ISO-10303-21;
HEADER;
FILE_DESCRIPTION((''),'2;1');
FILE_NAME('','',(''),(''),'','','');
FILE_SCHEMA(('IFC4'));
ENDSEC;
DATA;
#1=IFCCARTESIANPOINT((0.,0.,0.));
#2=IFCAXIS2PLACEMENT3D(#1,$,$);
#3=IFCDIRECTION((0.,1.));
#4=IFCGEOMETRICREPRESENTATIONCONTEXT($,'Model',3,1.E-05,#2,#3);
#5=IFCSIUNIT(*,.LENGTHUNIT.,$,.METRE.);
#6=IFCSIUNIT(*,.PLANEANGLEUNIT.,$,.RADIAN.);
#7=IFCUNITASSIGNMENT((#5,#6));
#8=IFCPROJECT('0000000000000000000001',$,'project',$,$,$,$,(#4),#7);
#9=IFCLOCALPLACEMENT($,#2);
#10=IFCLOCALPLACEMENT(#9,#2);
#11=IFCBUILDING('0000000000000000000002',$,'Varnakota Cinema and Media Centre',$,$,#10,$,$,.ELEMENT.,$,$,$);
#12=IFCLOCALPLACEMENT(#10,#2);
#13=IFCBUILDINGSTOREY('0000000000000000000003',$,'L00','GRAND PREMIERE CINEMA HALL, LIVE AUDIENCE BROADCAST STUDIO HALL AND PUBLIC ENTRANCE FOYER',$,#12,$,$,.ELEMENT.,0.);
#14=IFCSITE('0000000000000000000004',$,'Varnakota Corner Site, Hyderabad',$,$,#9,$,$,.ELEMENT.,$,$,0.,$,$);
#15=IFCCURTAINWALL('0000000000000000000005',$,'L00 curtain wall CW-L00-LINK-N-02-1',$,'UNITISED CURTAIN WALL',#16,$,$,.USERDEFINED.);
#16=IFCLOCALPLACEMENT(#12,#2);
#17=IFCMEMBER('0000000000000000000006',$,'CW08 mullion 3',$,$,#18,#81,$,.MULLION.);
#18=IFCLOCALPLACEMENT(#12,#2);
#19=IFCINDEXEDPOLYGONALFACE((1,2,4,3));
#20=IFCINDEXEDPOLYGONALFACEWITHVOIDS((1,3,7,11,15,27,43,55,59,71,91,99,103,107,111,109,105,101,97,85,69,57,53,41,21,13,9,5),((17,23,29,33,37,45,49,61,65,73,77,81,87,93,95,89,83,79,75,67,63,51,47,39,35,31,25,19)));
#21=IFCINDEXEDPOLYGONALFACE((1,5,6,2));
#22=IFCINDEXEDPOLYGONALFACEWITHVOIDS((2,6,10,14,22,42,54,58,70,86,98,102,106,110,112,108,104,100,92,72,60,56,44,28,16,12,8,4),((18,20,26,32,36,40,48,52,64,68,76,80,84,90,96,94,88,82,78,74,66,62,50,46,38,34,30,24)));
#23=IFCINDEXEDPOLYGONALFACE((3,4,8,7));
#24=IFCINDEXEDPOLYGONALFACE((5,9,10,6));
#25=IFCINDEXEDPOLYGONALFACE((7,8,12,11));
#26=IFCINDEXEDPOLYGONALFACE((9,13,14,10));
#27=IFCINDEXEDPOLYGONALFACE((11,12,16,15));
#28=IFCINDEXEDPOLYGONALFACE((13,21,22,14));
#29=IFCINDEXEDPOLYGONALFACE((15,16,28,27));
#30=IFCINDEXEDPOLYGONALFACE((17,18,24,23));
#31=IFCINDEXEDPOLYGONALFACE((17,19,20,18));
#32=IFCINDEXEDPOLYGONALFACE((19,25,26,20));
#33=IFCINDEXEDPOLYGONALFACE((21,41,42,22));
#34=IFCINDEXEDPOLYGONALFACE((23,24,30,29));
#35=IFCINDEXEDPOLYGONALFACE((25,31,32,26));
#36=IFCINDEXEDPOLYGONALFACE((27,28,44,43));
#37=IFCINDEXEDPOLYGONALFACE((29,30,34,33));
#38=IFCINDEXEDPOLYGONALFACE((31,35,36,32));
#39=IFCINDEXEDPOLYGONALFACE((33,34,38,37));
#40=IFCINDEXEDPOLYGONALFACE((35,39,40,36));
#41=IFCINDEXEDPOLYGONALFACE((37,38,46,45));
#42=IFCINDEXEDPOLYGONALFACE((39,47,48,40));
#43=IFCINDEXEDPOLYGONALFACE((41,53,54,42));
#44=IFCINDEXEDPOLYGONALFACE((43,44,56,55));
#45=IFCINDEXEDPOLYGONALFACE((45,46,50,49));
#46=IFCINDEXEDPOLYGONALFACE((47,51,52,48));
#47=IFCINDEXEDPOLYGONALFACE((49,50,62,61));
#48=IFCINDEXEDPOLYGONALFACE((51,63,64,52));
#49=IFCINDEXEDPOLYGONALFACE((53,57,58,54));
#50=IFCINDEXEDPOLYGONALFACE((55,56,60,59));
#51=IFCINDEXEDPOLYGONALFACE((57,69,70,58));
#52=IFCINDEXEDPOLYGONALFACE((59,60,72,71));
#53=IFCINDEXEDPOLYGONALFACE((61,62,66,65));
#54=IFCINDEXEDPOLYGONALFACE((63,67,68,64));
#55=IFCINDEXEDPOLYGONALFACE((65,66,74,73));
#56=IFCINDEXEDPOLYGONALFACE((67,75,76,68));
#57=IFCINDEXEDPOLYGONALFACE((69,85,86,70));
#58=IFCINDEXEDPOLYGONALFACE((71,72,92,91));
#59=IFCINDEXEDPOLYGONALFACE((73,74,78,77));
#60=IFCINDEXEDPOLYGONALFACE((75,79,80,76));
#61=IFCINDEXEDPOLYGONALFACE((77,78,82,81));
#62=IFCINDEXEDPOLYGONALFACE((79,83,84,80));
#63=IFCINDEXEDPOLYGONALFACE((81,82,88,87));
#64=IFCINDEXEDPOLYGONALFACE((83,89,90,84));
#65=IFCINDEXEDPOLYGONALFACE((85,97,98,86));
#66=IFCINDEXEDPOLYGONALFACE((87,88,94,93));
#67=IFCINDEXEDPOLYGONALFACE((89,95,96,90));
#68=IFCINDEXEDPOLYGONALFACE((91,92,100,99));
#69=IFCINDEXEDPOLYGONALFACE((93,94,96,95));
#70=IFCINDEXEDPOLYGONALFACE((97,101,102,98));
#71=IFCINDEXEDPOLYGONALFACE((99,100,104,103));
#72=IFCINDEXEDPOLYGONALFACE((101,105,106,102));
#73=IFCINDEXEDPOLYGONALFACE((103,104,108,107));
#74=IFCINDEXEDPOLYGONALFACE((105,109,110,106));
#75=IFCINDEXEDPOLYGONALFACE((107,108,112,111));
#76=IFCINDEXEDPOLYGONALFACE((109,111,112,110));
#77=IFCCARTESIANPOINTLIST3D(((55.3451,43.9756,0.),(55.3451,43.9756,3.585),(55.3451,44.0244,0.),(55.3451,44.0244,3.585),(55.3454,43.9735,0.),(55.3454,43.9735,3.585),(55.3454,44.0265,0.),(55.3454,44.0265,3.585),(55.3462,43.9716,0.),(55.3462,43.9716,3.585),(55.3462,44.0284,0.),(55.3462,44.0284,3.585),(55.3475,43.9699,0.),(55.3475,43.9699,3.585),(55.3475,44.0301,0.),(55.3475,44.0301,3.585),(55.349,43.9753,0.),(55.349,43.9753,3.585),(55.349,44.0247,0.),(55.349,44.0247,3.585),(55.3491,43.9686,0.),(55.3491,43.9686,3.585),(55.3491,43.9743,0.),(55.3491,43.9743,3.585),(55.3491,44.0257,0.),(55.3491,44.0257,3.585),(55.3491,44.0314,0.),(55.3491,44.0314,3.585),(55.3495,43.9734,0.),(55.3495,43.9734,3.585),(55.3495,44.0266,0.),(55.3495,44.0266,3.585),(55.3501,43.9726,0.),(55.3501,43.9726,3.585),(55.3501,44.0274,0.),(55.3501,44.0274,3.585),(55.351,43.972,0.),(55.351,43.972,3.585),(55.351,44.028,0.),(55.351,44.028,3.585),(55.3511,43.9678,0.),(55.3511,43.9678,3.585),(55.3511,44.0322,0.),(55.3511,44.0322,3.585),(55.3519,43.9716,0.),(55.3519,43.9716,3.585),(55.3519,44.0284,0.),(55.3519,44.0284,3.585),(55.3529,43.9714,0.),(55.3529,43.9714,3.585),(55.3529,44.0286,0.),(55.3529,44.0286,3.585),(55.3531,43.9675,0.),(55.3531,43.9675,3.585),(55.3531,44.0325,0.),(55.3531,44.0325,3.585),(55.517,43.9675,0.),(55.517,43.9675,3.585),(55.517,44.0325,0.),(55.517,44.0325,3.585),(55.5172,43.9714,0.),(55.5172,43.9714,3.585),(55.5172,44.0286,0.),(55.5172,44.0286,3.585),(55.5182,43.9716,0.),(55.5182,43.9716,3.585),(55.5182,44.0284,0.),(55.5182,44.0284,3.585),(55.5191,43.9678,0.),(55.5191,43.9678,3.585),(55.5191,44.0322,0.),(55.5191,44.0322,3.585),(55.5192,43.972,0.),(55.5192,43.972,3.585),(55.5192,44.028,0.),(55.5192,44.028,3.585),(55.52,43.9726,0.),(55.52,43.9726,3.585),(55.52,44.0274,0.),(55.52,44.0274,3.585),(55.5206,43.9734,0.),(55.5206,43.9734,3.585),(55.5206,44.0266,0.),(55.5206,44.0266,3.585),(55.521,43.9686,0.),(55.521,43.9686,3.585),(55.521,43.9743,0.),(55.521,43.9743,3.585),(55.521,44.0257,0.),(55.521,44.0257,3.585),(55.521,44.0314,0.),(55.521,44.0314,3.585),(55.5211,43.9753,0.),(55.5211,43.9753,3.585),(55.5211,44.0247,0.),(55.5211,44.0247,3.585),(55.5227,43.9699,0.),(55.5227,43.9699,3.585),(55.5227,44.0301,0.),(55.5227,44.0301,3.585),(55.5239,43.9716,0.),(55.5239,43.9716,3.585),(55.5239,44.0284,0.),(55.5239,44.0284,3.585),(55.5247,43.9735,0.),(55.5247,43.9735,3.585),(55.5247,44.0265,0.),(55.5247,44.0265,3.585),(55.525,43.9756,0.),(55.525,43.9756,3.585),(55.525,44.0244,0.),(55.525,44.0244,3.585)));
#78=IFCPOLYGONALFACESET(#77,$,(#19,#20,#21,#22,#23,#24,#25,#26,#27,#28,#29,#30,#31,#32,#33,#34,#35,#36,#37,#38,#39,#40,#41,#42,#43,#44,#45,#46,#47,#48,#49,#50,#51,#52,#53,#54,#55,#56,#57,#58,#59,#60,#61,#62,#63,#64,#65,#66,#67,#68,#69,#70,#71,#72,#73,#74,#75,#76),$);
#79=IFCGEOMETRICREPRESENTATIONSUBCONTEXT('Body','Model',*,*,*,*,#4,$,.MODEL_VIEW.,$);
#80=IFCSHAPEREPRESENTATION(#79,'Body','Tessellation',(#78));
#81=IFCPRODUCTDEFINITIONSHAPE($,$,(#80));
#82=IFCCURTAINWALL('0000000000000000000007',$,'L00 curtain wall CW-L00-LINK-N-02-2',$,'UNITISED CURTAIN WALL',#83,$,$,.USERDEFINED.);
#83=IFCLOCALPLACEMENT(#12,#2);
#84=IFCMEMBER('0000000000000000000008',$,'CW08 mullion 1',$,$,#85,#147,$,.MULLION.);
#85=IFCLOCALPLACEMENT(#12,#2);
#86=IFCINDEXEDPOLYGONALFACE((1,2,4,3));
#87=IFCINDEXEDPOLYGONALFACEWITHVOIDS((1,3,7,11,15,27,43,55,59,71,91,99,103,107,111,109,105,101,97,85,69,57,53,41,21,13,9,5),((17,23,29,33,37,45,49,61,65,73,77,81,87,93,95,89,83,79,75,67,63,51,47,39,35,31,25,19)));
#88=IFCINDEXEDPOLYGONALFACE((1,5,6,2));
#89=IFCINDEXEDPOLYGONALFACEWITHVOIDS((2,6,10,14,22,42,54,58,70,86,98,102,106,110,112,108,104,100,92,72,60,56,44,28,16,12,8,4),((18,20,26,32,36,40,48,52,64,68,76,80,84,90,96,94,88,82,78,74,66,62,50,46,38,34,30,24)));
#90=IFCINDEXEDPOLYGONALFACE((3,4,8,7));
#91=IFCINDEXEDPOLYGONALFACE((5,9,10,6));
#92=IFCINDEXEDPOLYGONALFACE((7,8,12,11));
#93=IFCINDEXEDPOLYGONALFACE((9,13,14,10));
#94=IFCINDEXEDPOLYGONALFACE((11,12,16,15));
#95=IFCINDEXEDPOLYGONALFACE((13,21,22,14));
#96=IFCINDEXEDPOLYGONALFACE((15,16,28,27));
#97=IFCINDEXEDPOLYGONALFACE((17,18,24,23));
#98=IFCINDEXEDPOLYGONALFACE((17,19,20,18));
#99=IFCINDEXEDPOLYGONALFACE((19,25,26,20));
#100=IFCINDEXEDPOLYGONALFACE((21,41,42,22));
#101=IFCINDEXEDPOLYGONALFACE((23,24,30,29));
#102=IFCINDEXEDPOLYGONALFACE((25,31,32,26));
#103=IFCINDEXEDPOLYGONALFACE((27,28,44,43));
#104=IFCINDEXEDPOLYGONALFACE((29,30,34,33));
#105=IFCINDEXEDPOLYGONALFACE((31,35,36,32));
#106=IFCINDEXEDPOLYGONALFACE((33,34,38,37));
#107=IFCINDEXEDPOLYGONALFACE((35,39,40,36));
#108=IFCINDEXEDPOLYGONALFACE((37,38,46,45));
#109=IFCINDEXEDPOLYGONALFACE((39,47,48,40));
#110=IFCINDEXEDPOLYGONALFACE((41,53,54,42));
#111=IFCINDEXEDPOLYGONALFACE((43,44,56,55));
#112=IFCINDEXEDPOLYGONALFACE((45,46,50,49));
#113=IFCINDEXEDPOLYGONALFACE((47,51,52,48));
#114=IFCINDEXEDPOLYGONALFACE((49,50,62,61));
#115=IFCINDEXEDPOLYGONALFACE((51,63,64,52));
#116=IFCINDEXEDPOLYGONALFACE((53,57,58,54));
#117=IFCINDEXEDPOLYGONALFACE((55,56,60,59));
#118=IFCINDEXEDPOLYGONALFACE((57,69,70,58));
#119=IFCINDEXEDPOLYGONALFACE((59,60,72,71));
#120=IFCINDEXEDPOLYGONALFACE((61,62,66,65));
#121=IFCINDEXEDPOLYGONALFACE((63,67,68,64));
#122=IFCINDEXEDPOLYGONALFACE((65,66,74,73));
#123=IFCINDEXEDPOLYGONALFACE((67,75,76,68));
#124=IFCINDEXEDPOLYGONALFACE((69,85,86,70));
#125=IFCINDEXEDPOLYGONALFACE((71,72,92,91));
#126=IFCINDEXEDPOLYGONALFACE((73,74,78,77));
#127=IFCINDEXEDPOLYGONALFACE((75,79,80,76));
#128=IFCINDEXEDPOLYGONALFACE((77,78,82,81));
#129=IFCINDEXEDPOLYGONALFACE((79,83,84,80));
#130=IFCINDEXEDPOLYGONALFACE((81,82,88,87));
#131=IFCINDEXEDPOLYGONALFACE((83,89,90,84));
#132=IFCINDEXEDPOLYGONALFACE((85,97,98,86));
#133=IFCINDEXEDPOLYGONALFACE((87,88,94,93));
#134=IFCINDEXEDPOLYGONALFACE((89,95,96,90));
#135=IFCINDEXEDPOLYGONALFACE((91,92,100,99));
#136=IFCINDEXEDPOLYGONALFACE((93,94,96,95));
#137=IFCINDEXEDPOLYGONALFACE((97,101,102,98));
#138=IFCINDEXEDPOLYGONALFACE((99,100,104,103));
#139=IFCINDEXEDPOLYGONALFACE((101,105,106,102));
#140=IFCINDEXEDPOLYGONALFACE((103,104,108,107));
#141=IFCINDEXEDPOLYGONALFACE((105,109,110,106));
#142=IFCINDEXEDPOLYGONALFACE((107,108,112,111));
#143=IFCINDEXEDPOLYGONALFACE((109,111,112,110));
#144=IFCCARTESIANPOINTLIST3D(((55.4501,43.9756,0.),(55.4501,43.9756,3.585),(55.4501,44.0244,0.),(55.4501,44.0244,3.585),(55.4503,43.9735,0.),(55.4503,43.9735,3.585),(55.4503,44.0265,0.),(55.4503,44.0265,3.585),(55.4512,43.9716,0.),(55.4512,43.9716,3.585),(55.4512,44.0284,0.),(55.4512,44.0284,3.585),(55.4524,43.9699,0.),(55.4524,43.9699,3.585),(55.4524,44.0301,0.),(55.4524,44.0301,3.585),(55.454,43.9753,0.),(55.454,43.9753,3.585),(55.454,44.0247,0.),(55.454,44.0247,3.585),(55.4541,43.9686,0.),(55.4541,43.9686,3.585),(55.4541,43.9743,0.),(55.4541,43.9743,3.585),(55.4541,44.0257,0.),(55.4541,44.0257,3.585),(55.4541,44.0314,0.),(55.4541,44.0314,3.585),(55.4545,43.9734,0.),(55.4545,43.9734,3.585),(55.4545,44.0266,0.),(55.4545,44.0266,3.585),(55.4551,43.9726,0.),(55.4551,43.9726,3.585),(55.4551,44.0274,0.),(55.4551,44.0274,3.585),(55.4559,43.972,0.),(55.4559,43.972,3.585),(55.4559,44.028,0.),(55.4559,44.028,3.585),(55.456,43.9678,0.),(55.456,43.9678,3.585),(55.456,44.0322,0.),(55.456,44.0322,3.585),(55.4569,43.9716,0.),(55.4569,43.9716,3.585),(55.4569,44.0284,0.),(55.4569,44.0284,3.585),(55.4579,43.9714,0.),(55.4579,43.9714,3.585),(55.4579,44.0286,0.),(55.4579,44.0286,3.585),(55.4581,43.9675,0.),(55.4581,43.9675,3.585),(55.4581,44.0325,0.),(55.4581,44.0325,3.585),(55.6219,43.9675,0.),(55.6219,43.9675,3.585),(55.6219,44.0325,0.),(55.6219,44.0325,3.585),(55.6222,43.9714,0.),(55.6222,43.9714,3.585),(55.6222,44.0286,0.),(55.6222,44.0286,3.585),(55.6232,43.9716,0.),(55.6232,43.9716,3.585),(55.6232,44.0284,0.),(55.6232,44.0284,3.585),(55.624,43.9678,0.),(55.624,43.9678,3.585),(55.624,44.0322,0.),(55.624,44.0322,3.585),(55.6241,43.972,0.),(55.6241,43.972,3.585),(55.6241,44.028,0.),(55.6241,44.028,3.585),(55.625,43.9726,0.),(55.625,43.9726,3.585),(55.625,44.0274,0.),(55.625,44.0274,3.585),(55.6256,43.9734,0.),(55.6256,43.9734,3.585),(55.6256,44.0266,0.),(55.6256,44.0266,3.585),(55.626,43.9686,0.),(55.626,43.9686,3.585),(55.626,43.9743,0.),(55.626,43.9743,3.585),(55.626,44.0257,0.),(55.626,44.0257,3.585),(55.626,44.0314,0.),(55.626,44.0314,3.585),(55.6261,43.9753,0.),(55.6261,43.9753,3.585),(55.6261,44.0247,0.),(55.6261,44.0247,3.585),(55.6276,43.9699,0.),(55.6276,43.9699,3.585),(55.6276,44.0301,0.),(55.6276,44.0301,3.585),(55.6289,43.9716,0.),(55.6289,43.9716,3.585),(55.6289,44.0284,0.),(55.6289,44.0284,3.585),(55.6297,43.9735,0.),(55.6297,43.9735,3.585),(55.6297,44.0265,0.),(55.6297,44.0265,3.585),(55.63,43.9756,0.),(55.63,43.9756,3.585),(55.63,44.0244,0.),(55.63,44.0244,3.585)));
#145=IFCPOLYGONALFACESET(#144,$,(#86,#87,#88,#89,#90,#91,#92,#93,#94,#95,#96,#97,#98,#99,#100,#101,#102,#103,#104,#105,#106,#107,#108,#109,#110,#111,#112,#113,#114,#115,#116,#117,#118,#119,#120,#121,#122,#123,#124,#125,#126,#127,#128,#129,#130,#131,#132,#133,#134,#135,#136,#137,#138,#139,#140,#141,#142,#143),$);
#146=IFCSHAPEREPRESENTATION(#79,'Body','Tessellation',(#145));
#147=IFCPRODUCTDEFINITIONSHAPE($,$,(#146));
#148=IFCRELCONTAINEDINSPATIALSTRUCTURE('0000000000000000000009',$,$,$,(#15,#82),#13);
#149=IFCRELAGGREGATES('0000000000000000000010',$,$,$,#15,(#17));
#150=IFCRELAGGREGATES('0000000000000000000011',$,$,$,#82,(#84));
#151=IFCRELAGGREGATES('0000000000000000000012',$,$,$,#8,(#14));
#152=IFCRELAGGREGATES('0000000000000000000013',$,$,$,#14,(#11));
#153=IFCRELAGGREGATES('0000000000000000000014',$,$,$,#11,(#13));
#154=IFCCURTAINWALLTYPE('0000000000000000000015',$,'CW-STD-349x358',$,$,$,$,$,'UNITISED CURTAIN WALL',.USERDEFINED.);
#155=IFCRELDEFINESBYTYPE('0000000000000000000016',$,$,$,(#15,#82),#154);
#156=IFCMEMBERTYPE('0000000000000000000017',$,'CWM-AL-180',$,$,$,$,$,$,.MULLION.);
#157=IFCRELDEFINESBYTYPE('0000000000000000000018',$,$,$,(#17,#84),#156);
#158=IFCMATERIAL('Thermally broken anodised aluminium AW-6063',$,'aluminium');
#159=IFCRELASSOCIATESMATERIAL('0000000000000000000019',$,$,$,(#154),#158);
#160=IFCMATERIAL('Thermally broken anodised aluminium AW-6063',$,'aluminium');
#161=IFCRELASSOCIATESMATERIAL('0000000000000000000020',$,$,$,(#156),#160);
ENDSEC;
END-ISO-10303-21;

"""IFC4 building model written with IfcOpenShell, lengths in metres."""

from ifc_helpers import new_model, si_unit, direction, frame, origin, origin_2d, place, context, subcontext, project, spatial, hollow_rectangle, extrude, material, material_profile, profile_set, type_object, element, aggregate, save


model = new_model("IFC4")

# Units and contexts
model_context = context("Model", 3, precision=1e-05, world=origin(), true_north=direction((0.0, 1.0)))
body_context = subcontext(model_context, "Body", "Model", "MODEL_VIEW")
ifc_project = project(units=[si_unit("LENGTHUNIT", "METRE"), si_unit("PLANEANGLEUNIT", "RADIAN")], contexts=[model_context])

# Site, building, storey
site_placement = place(None, origin())
site = spatial("IfcSite", under=ifc_project, at=site_placement, Name="Varnakota Corner Site, Hyderabad", CompositionType="ELEMENT", RefElevation=0.0)
building_placement = place(site_placement, origin())
building = spatial("IfcBuilding", under=site, at=building_placement, Name="Varnakota Cinema and Media Centre", CompositionType="ELEMENT")
storey_placement = place(building_placement, origin())
storey = spatial("IfcBuildingStorey", under=building, at=storey_placement, Name="L00", Description="GRAND PREMIERE CINEMA HALL, LIVE AUDIENCE BROADCAST STUDIO HALL AND PUBLIC ENTRANCE FOYER", CompositionType="ELEMENT", Elevation=0.0)

# Curtain wall, member
ifc_material_1 = material(Name="Thermally broken anodised aluminium AW-6063", Category="aluminium")
curtain_wall_type_1 = type_object("IfcCurtainWallType", Name="CW-STD-349x358", ElementType="UNITISED CURTAIN WALL", PredefinedType="USERDEFINED", material=ifc_material_1)
curtain_wall_1_placement = place(storey_placement, origin())
curtain_wall_1 = element("IfcCurtainWall", 1, at=curtain_wall_1_placement, inside=storey, type_object=curtain_wall_type_1, Name="L00 curtain wall CW-L00-LINK-N-02-1", ObjectType="UNITISED CURTAIN WALL", PredefinedType="USERDEFINED")
ifc_material_2 = material(Name="Thermally broken anodised aluminium AW-6063", Category="aluminium")
ifc_material_profile_1 = material_profile(ifc_material_2, hollow_rectangle(XDim=0.0649, YDim=0.1799, WallThickness=0.0039, InnerFilletRadius=0.0039, OuterFilletRadius=0.0081, at=origin_2d()), Name="AL-MULLION 180x65x4")
ifc_profile_set_1 = profile_set([ifc_material_profile_1], Name="Thermally broken anodised aluminium AW-6063")
member_type_1 = type_object("IfcMemberType", Name="CWM-AL-180", PredefinedType="MULLION", material=ifc_profile_set_1)
member_1_placement = place(storey_placement, frame((55.4351, 44.0, 0.0), z_axis=(0.0, 0.0, 1.0), x_axis=(0.0, 1.0, 0.0)))
member_1 = element("IfcMember", 2, at=member_1_placement, type_object=member_type_1, Name="CW08 mullion 3", PredefinedType="MULLION", context=body_context, shape_type="SweptSolid", body=[
    extrude(hollow_rectangle(XDim=0.0649, YDim=0.1799, WallThickness=0.0039, InnerFilletRadius=0.0039, OuterFilletRadius=0.0081, at=origin_2d()), origin(), (0.0, 0.0, 1.0), 3.585),
])

# Curtain wall, member
curtain_wall_2_placement = place(storey_placement, origin())
curtain_wall_2 = element("IfcCurtainWall", 3, at=curtain_wall_2_placement, inside=storey, type_object=curtain_wall_type_1, Name="L00 curtain wall CW-L00-LINK-N-02-2", ObjectType="UNITISED CURTAIN WALL", PredefinedType="USERDEFINED")
member_2_placement = place(storey_placement, frame((55.54, 44.0, 0.0), z_axis=(0.0, 0.0, 1.0), x_axis=(0.0, 1.0, 0.0)))
member_2 = element("IfcMember", 4, at=member_2_placement, type_object=member_type_1, Name="CW08 mullion 1", PredefinedType="MULLION", context=body_context, shape_type="SweptSolid", body=[
    extrude(hollow_rectangle(XDim=0.0649, YDim=0.1799, WallThickness=0.0039, InnerFilletRadius=0.0039, OuterFilletRadius=0.0081, at=origin_2d()), origin(), (0.0, 0.0, 1.0), 3.585),
])

aggregate(curtain_wall_1, [member_1])
aggregate(curtain_wall_2, [member_2])

save(model, "model.ifc")
